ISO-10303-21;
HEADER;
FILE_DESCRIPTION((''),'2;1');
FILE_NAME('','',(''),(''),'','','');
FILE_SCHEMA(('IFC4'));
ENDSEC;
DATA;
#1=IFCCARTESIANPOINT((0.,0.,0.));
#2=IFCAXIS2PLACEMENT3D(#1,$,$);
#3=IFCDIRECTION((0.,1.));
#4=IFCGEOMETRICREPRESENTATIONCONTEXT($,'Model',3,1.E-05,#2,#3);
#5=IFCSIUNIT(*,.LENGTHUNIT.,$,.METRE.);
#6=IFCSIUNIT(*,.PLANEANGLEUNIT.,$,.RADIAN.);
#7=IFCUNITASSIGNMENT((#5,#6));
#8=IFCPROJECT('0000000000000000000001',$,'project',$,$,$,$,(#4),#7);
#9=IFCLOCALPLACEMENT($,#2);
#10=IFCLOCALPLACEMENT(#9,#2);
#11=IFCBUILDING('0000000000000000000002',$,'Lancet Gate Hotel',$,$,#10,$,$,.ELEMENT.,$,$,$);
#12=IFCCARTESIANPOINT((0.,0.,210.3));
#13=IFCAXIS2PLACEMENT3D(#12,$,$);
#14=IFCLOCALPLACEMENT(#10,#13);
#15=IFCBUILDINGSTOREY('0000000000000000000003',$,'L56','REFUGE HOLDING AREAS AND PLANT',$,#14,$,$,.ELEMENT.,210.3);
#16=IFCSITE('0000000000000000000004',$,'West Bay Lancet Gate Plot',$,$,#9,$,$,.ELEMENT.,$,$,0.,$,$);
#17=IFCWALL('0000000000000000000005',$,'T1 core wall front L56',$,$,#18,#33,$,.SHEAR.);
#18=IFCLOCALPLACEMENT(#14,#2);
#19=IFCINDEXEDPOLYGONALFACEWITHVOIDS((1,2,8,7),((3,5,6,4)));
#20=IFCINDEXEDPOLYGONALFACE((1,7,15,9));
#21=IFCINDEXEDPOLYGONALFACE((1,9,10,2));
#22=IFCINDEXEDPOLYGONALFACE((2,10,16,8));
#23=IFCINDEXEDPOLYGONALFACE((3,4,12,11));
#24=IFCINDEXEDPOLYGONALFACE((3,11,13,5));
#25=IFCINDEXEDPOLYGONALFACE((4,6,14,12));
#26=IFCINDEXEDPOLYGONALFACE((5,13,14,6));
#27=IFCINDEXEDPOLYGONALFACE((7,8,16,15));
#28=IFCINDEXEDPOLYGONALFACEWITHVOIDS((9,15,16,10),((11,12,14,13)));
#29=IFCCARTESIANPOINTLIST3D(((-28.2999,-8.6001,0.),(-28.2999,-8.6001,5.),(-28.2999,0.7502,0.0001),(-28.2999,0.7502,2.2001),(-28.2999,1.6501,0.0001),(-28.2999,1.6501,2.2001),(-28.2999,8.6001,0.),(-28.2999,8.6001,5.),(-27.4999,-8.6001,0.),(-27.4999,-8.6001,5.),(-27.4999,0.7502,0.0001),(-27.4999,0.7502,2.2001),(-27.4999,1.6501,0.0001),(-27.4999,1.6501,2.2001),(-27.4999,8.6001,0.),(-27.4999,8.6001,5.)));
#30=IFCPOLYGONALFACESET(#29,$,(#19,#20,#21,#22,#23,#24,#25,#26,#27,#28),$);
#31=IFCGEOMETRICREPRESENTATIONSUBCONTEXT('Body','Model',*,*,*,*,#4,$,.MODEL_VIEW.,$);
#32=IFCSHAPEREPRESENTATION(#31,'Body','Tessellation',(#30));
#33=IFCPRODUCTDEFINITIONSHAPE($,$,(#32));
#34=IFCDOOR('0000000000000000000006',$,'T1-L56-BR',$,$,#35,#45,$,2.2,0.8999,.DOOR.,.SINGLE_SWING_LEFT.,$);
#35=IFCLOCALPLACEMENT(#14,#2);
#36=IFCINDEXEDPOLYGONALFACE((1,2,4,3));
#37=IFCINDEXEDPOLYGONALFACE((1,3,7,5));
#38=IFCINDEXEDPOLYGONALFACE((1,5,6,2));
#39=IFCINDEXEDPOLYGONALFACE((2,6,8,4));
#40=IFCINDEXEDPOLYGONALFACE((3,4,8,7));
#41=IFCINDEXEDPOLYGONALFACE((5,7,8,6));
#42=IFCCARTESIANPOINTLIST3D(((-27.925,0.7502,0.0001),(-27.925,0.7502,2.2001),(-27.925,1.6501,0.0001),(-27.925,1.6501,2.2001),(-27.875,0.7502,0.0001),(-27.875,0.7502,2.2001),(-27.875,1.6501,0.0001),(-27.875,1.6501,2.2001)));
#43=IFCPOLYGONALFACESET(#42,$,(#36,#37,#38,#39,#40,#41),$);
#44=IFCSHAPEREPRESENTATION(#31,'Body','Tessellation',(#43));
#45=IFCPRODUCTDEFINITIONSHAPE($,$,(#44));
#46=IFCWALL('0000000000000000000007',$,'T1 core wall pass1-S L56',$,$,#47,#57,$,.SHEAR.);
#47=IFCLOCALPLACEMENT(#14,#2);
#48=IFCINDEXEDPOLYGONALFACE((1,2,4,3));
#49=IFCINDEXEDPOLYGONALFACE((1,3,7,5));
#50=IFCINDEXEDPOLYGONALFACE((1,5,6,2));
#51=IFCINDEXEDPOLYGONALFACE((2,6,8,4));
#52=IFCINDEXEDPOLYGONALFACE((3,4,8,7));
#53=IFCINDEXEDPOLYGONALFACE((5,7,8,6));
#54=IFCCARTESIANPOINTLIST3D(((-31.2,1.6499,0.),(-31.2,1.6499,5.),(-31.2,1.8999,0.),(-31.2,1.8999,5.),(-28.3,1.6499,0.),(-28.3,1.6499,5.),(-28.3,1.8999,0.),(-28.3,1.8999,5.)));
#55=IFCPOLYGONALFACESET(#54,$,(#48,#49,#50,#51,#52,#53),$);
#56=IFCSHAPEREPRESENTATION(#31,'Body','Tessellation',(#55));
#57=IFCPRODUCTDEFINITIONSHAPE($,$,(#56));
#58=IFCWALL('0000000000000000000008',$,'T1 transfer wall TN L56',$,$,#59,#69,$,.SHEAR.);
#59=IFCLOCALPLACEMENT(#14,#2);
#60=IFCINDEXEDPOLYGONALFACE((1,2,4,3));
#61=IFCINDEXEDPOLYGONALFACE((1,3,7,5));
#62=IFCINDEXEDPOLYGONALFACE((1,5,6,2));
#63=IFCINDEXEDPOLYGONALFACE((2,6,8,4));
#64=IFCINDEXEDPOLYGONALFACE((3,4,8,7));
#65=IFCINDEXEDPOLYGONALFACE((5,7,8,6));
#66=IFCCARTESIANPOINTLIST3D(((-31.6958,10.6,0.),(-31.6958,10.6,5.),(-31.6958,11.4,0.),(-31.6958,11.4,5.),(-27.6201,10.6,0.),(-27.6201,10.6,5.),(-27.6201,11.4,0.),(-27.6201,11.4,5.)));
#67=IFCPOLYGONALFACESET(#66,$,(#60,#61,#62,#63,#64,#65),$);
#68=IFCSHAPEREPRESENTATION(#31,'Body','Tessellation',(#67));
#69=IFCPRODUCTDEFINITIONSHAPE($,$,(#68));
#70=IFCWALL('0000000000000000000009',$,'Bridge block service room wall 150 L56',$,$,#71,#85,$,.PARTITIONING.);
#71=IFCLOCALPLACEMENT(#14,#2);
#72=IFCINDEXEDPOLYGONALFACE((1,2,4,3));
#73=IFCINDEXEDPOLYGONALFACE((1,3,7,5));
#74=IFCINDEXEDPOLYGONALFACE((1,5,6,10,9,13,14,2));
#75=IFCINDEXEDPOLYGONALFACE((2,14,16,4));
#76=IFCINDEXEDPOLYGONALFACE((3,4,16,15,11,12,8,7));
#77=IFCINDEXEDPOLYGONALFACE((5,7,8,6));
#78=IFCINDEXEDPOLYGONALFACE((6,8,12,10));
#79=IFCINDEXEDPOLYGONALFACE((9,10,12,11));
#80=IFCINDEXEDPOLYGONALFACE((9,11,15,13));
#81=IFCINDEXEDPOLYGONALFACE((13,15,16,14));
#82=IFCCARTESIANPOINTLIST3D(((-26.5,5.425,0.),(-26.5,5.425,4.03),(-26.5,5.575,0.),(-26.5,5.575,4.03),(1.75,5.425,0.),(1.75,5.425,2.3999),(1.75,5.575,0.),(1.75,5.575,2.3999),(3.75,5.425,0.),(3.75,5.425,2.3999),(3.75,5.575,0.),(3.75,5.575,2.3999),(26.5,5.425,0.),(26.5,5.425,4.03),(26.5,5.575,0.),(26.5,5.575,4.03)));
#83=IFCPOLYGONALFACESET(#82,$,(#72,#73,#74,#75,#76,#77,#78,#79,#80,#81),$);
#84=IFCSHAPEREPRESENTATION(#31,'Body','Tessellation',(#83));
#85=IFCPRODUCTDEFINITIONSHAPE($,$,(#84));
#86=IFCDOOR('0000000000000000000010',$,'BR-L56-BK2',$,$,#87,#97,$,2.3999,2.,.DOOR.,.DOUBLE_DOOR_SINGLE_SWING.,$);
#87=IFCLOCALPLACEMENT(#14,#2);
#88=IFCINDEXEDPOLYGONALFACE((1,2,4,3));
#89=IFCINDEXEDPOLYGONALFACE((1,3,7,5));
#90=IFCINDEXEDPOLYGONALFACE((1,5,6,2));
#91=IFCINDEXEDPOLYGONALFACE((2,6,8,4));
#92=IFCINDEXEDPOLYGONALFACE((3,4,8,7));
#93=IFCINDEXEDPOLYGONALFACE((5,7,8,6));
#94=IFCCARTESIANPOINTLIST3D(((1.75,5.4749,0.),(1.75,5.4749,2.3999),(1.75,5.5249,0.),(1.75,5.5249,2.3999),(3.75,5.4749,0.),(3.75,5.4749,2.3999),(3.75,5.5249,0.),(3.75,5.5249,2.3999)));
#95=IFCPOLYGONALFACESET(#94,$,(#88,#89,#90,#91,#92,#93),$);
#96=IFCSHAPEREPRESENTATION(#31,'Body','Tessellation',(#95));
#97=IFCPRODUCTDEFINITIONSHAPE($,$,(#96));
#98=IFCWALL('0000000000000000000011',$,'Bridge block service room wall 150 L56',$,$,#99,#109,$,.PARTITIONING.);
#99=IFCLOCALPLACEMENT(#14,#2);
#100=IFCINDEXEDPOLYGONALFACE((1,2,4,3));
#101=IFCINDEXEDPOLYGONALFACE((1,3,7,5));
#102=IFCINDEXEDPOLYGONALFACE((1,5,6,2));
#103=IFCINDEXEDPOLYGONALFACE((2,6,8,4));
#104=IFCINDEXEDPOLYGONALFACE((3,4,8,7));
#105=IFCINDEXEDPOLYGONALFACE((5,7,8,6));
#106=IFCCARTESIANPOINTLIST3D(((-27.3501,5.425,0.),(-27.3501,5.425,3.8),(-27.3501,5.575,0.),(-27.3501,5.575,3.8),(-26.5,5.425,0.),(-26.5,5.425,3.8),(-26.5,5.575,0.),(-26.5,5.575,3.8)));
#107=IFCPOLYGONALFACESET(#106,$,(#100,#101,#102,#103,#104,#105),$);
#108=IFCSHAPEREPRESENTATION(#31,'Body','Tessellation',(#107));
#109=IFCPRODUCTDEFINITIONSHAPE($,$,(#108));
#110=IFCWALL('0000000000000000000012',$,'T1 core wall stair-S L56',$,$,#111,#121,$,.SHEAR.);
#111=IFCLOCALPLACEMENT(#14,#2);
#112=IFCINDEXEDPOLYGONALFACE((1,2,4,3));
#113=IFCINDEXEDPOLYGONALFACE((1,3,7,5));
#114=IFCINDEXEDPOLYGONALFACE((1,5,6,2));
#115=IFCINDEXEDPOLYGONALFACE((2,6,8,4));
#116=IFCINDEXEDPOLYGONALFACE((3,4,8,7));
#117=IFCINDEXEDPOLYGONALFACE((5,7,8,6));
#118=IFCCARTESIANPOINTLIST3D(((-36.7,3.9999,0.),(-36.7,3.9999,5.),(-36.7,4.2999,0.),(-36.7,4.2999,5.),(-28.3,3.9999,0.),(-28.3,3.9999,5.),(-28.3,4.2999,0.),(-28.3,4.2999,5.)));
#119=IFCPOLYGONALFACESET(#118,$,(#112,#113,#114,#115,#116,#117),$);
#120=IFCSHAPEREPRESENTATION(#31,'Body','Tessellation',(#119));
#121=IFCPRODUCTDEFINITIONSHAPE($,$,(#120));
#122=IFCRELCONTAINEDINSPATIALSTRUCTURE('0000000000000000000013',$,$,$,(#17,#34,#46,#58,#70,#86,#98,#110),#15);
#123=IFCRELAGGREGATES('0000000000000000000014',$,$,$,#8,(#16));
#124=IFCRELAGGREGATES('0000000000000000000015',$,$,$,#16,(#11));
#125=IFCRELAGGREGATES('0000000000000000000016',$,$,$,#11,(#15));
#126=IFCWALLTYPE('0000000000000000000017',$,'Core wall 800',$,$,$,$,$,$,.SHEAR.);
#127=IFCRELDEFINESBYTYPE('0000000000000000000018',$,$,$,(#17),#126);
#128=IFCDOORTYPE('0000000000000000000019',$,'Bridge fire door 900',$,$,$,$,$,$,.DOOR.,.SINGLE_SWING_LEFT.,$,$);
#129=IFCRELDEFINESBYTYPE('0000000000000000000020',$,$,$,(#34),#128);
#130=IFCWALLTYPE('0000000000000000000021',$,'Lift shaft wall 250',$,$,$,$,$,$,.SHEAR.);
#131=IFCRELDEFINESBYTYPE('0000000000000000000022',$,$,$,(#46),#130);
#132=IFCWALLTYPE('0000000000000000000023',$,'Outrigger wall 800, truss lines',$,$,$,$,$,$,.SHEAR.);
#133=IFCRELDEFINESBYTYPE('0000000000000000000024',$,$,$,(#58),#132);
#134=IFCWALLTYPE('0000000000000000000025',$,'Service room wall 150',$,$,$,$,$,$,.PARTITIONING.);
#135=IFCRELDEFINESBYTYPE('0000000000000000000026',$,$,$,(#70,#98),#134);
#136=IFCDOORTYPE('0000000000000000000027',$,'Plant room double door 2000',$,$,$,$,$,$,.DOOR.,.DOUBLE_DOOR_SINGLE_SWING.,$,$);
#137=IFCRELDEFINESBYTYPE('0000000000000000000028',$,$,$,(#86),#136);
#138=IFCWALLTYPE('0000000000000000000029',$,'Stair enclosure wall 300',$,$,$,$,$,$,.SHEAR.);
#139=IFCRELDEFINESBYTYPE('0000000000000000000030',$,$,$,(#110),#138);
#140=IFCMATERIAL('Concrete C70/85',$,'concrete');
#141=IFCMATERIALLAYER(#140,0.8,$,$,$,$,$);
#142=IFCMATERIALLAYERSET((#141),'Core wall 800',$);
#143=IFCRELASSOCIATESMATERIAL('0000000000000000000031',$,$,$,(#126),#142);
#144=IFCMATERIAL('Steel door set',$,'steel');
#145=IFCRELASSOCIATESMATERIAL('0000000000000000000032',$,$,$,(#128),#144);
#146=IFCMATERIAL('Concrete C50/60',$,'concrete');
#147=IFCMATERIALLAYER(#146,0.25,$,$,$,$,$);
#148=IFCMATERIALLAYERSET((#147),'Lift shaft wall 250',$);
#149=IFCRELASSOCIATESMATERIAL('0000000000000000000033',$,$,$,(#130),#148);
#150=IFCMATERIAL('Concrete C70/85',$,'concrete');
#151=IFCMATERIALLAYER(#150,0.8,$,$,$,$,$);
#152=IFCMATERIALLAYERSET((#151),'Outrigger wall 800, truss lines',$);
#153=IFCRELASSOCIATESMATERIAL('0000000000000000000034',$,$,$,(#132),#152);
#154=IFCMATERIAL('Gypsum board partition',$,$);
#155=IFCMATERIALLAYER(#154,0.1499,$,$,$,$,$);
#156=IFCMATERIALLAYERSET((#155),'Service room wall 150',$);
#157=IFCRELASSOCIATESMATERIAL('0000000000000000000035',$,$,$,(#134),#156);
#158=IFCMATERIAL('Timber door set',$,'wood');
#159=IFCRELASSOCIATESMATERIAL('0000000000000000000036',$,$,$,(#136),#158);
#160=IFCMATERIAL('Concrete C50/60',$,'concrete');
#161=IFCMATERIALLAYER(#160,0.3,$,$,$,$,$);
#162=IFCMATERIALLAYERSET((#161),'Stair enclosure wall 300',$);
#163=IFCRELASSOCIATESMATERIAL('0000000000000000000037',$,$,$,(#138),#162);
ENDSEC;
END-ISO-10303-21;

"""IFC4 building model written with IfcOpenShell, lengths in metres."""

from ifc_helpers import new_model, si_unit, direction, frame, frame_2d, origin, place, context, subcontext, project, spatial, rectangle, extrude, material, layer, layer_set, type_object, element, fill, save


model = new_model("IFC4")

# Units and contexts
model_context = context("Model", 3, precision=1e-05, world=origin(), true_north=direction((0.0, 1.0)))
body_context = subcontext(model_context, "Body", "Model", "MODEL_VIEW")
ifc_project = project(units=[si_unit("LENGTHUNIT", "METRE"), si_unit("PLANEANGLEUNIT", "RADIAN")], contexts=[model_context])

# Site, building, storey
site_placement = place(None, origin())
site = spatial("IfcSite", under=ifc_project, at=site_placement, Name="West Bay Lancet Gate Plot", CompositionType="ELEMENT", RefElevation=0.0)
building_placement = place(site_placement, origin())
building = spatial("IfcBuilding", under=site, at=building_placement, Name="Lancet Gate Hotel", CompositionType="ELEMENT")
storey_placement = place(building_placement, frame((0.0, 0.0, 210.3)))
storey = spatial("IfcBuildingStorey", under=building, at=storey_placement, Name="L56", Description="REFUGE HOLDING AREAS AND PLANT", CompositionType="ELEMENT", Elevation=210.3)

# Wall, opening, door
ifc_material_1 = material(Name="Concrete C70/85", Category="concrete")
ifc_layer_1 = layer(ifc_material_1, 0.8)
ifc_layer_set_1 = layer_set([ifc_layer_1], Name="Core wall 800")
wall_type_1 = type_object("IfcWallType", Name="Core wall 800", PredefinedType="SHEAR", material=ifc_layer_set_1)
wall_1_placement = place(storey_placement, frame((-27.8999, 8.6001, 0.0), z_axis=(0.0, 0.0, 1.0), x_axis=(0.0, -1.0, 0.0)))
wall_1 = element("IfcWall", 1, at=wall_1_placement, inside=storey, type_object=wall_type_1, Name="T1 core wall front L56", PredefinedType="SHEAR", context=body_context, shape_type="SweptSolid", body=[
    extrude(rectangle(XDim=17.2002, YDim=0.8, at=frame_2d((8.6001, 0.0))), origin(), (0.0, 0.0, 1.0), 5.0),
])
opening_1_placement = place(wall_1_placement, frame((6.95, 0.0, 0.0)))
opening_1 = element("IfcOpeningElement", 2, at=opening_1_placement, cuts=wall_1, PredefinedType="OPENING", context=body_context, shape_type="SweptSolid", body=[
    extrude(rectangle(XDim=0.8999, YDim=2.2, at=frame_2d((0.45, 1.1001))), frame((0.0, 0.4099, 0.0), z_axis=(0.0, -1.0, 0.0), x_axis=(1.0, 0.0, 0.0)), (0.0, 0.0, 1.0), 0.8201),
])
ifc_material_2 = material(Name="Steel door set", Category="steel")
door_type_1 = type_object("IfcDoorType", Name="Bridge fire door 900", OperationType="SINGLE_SWING_LEFT", PredefinedType="DOOR", material=ifc_material_2)
door_1_placement = place(opening_1_placement, origin())
door_1 = element("IfcDoor", 3, at=door_1_placement, inside=storey, type_object=door_type_1, Name="T1-L56-BR", OperationType="SINGLE_SWING_LEFT", OverallHeight=2.2, OverallWidth=0.8999, PredefinedType="DOOR", context=body_context, shape_type="SweptSolid", body=[
    extrude(rectangle(XDim=0.8999, YDim=2.2, at=frame_2d((0.45, 1.1001))), frame((0.0, 0.0249, 0.0), z_axis=(0.0, -1.0, 0.0), x_axis=(1.0, 0.0, 0.0)), (0.0, 0.0, 1.0), 0.05),
])
fill(opening_1, door_1)

# Walls
ifc_material_3 = material(Name="Concrete C50/60", Category="concrete")
ifc_layer_2 = layer(ifc_material_3, 0.25)
ifc_layer_set_2 = layer_set([ifc_layer_2], Name="Lift shaft wall 250")
wall_type_2 = type_object("IfcWallType", Name="Lift shaft wall 250", PredefinedType="SHEAR", material=ifc_layer_set_2)
wall_2_placement = place(storey_placement, frame((-28.3, 1.7749, 0.0), z_axis=(0.0, 0.0, 1.0), x_axis=(-1.0, 0.0, 0.0)))
element("IfcWall", 4, at=wall_2_placement, inside=storey, type_object=wall_type_2, Name="T1 core wall pass1-S L56", PredefinedType="SHEAR", context=body_context, shape_type="SweptSolid", body=[
    extrude(rectangle(XDim=2.8999, YDim=0.25, at=frame_2d((1.45, 0.0))), origin(), (0.0, 0.0, 1.0), 5.0),
])
ifc_material_4 = material(Name="Concrete C70/85", Category="concrete")
ifc_layer_3 = layer(ifc_material_4, 0.8)
ifc_layer_set_3 = layer_set([ifc_layer_3], Name="Outrigger wall 800, truss lines")
wall_type_3 = type_object("IfcWallType", Name="Outrigger wall 800, truss lines", PredefinedType="SHEAR", material=ifc_layer_set_3)
wall_3_placement = place(storey_placement, frame((-27.6201, 11.0, 0.0), z_axis=(0.0, 0.0, 1.0), x_axis=(-1.0, 0.0, 0.0)))
element("IfcWall", 5, at=wall_3_placement, inside=storey, type_object=wall_type_3, Name="T1 transfer wall TN L56", PredefinedType="SHEAR", context=body_context, shape_type="SweptSolid", body=[
    extrude(rectangle(XDim=4.0757, YDim=0.8, at=frame_2d((2.0378, 0.0))), origin(), (0.0, 0.0, 1.0), 5.0),
])

# Wall, opening, door
ifc_material_5 = material(Name="Gypsum board partition")
ifc_layer_4 = layer(ifc_material_5, 0.1499)
ifc_layer_set_4 = layer_set([ifc_layer_4], Name="Service room wall 150")
wall_type_4 = type_object("IfcWallType", Name="Service room wall 150", PredefinedType="PARTITIONING", material=ifc_layer_set_4)
wall_4_placement = place(storey_placement, frame((-26.5, 5.5, 0.0), z_axis=(0.0, 0.0, 1.0), x_axis=(1.0, 0.0, 0.0)))
wall_4 = element("IfcWall", 6, at=wall_4_placement, inside=storey, type_object=wall_type_4, Name="Bridge block service room wall 150 L56", PredefinedType="PARTITIONING", context=body_context, shape_type="SweptSolid", body=[
    extrude(rectangle(XDim=53.0, YDim=0.1499, at=frame_2d((26.5, 0.0))), origin(), (0.0, 0.0, 1.0), 4.03),
])
opening_2_placement = place(wall_4_placement, frame((28.25, 0.0, 0.0)))
opening_2 = element("IfcOpeningElement", 7, at=opening_2_placement, cuts=wall_4, PredefinedType="OPENING", context=body_context, shape_type="SweptSolid", body=[
    extrude(rectangle(XDim=2.0, YDim=2.3999, at=frame_2d((1.0, 1.2))), frame((0.0, 0.085, 0.0), z_axis=(0.0, -1.0, 0.0), x_axis=(1.0, 0.0, 0.0)), (0.0, 0.0, 1.0), 0.1699),
])
ifc_material_6 = material(Name="Timber door set", Category="wood")
door_type_2 = type_object("IfcDoorType", Name="Plant room double door 2000", OperationType="DOUBLE_DOOR_SINGLE_SWING", PredefinedType="DOOR", material=ifc_material_6)
door_2_placement = place(opening_2_placement, origin())
door_2 = element("IfcDoor", 8, at=door_2_placement, inside=storey, type_object=door_type_2, Name="BR-L56-BK2", OperationType="DOUBLE_DOOR_SINGLE_SWING", OverallHeight=2.3999, OverallWidth=2.0, PredefinedType="DOOR", context=body_context, shape_type="SweptSolid", body=[
    extrude(rectangle(XDim=2.0, YDim=2.3999, at=frame_2d((1.0, 1.2))), frame((0.0, 0.0249, 0.0), z_axis=(0.0, -1.0, 0.0), x_axis=(1.0, 0.0, 0.0)), (0.0, 0.0, 1.0), 0.05),
])
fill(opening_2, door_2)

# Walls
wall_5_placement = place(storey_placement, frame((-27.3501, 5.5, 0.0), z_axis=(0.0, 0.0, 1.0), x_axis=(1.0, 0.0, 0.0)))
element("IfcWall", 9, at=wall_5_placement, inside=storey, type_object=wall_type_4, Name="Bridge block service room wall 150 L56", PredefinedType="PARTITIONING", context=body_context, shape_type="SweptSolid", body=[
    extrude(rectangle(XDim=0.8501, YDim=0.1499, at=frame_2d((0.425, 0.0))), origin(), (0.0, 0.0, 1.0), 3.8),
])
ifc_material_7 = material(Name="Concrete C50/60", Category="concrete")
ifc_layer_5 = layer(ifc_material_7, 0.3)
ifc_layer_set_5 = layer_set([ifc_layer_5], Name="Stair enclosure wall 300")
wall_type_5 = type_object("IfcWallType", Name="Stair enclosure wall 300", PredefinedType="SHEAR", material=ifc_layer_set_5)
wall_6_placement = place(storey_placement, frame((-28.3, 4.1499, 0.0), z_axis=(0.0, 0.0, 1.0), x_axis=(-1.0, 0.0, 0.0)))
element("IfcWall", 10, at=wall_6_placement, inside=storey, type_object=wall_type_5, Name="T1 core wall stair-S L56", PredefinedType="SHEAR", context=body_context, shape_type="SweptSolid", body=[
    extrude(rectangle(XDim=8.3999, YDim=0.3, at=frame_2d((4.2, 0.0))), origin(), (0.0, 0.0, 1.0), 5.0),
])

save(model, "model.ifc")
